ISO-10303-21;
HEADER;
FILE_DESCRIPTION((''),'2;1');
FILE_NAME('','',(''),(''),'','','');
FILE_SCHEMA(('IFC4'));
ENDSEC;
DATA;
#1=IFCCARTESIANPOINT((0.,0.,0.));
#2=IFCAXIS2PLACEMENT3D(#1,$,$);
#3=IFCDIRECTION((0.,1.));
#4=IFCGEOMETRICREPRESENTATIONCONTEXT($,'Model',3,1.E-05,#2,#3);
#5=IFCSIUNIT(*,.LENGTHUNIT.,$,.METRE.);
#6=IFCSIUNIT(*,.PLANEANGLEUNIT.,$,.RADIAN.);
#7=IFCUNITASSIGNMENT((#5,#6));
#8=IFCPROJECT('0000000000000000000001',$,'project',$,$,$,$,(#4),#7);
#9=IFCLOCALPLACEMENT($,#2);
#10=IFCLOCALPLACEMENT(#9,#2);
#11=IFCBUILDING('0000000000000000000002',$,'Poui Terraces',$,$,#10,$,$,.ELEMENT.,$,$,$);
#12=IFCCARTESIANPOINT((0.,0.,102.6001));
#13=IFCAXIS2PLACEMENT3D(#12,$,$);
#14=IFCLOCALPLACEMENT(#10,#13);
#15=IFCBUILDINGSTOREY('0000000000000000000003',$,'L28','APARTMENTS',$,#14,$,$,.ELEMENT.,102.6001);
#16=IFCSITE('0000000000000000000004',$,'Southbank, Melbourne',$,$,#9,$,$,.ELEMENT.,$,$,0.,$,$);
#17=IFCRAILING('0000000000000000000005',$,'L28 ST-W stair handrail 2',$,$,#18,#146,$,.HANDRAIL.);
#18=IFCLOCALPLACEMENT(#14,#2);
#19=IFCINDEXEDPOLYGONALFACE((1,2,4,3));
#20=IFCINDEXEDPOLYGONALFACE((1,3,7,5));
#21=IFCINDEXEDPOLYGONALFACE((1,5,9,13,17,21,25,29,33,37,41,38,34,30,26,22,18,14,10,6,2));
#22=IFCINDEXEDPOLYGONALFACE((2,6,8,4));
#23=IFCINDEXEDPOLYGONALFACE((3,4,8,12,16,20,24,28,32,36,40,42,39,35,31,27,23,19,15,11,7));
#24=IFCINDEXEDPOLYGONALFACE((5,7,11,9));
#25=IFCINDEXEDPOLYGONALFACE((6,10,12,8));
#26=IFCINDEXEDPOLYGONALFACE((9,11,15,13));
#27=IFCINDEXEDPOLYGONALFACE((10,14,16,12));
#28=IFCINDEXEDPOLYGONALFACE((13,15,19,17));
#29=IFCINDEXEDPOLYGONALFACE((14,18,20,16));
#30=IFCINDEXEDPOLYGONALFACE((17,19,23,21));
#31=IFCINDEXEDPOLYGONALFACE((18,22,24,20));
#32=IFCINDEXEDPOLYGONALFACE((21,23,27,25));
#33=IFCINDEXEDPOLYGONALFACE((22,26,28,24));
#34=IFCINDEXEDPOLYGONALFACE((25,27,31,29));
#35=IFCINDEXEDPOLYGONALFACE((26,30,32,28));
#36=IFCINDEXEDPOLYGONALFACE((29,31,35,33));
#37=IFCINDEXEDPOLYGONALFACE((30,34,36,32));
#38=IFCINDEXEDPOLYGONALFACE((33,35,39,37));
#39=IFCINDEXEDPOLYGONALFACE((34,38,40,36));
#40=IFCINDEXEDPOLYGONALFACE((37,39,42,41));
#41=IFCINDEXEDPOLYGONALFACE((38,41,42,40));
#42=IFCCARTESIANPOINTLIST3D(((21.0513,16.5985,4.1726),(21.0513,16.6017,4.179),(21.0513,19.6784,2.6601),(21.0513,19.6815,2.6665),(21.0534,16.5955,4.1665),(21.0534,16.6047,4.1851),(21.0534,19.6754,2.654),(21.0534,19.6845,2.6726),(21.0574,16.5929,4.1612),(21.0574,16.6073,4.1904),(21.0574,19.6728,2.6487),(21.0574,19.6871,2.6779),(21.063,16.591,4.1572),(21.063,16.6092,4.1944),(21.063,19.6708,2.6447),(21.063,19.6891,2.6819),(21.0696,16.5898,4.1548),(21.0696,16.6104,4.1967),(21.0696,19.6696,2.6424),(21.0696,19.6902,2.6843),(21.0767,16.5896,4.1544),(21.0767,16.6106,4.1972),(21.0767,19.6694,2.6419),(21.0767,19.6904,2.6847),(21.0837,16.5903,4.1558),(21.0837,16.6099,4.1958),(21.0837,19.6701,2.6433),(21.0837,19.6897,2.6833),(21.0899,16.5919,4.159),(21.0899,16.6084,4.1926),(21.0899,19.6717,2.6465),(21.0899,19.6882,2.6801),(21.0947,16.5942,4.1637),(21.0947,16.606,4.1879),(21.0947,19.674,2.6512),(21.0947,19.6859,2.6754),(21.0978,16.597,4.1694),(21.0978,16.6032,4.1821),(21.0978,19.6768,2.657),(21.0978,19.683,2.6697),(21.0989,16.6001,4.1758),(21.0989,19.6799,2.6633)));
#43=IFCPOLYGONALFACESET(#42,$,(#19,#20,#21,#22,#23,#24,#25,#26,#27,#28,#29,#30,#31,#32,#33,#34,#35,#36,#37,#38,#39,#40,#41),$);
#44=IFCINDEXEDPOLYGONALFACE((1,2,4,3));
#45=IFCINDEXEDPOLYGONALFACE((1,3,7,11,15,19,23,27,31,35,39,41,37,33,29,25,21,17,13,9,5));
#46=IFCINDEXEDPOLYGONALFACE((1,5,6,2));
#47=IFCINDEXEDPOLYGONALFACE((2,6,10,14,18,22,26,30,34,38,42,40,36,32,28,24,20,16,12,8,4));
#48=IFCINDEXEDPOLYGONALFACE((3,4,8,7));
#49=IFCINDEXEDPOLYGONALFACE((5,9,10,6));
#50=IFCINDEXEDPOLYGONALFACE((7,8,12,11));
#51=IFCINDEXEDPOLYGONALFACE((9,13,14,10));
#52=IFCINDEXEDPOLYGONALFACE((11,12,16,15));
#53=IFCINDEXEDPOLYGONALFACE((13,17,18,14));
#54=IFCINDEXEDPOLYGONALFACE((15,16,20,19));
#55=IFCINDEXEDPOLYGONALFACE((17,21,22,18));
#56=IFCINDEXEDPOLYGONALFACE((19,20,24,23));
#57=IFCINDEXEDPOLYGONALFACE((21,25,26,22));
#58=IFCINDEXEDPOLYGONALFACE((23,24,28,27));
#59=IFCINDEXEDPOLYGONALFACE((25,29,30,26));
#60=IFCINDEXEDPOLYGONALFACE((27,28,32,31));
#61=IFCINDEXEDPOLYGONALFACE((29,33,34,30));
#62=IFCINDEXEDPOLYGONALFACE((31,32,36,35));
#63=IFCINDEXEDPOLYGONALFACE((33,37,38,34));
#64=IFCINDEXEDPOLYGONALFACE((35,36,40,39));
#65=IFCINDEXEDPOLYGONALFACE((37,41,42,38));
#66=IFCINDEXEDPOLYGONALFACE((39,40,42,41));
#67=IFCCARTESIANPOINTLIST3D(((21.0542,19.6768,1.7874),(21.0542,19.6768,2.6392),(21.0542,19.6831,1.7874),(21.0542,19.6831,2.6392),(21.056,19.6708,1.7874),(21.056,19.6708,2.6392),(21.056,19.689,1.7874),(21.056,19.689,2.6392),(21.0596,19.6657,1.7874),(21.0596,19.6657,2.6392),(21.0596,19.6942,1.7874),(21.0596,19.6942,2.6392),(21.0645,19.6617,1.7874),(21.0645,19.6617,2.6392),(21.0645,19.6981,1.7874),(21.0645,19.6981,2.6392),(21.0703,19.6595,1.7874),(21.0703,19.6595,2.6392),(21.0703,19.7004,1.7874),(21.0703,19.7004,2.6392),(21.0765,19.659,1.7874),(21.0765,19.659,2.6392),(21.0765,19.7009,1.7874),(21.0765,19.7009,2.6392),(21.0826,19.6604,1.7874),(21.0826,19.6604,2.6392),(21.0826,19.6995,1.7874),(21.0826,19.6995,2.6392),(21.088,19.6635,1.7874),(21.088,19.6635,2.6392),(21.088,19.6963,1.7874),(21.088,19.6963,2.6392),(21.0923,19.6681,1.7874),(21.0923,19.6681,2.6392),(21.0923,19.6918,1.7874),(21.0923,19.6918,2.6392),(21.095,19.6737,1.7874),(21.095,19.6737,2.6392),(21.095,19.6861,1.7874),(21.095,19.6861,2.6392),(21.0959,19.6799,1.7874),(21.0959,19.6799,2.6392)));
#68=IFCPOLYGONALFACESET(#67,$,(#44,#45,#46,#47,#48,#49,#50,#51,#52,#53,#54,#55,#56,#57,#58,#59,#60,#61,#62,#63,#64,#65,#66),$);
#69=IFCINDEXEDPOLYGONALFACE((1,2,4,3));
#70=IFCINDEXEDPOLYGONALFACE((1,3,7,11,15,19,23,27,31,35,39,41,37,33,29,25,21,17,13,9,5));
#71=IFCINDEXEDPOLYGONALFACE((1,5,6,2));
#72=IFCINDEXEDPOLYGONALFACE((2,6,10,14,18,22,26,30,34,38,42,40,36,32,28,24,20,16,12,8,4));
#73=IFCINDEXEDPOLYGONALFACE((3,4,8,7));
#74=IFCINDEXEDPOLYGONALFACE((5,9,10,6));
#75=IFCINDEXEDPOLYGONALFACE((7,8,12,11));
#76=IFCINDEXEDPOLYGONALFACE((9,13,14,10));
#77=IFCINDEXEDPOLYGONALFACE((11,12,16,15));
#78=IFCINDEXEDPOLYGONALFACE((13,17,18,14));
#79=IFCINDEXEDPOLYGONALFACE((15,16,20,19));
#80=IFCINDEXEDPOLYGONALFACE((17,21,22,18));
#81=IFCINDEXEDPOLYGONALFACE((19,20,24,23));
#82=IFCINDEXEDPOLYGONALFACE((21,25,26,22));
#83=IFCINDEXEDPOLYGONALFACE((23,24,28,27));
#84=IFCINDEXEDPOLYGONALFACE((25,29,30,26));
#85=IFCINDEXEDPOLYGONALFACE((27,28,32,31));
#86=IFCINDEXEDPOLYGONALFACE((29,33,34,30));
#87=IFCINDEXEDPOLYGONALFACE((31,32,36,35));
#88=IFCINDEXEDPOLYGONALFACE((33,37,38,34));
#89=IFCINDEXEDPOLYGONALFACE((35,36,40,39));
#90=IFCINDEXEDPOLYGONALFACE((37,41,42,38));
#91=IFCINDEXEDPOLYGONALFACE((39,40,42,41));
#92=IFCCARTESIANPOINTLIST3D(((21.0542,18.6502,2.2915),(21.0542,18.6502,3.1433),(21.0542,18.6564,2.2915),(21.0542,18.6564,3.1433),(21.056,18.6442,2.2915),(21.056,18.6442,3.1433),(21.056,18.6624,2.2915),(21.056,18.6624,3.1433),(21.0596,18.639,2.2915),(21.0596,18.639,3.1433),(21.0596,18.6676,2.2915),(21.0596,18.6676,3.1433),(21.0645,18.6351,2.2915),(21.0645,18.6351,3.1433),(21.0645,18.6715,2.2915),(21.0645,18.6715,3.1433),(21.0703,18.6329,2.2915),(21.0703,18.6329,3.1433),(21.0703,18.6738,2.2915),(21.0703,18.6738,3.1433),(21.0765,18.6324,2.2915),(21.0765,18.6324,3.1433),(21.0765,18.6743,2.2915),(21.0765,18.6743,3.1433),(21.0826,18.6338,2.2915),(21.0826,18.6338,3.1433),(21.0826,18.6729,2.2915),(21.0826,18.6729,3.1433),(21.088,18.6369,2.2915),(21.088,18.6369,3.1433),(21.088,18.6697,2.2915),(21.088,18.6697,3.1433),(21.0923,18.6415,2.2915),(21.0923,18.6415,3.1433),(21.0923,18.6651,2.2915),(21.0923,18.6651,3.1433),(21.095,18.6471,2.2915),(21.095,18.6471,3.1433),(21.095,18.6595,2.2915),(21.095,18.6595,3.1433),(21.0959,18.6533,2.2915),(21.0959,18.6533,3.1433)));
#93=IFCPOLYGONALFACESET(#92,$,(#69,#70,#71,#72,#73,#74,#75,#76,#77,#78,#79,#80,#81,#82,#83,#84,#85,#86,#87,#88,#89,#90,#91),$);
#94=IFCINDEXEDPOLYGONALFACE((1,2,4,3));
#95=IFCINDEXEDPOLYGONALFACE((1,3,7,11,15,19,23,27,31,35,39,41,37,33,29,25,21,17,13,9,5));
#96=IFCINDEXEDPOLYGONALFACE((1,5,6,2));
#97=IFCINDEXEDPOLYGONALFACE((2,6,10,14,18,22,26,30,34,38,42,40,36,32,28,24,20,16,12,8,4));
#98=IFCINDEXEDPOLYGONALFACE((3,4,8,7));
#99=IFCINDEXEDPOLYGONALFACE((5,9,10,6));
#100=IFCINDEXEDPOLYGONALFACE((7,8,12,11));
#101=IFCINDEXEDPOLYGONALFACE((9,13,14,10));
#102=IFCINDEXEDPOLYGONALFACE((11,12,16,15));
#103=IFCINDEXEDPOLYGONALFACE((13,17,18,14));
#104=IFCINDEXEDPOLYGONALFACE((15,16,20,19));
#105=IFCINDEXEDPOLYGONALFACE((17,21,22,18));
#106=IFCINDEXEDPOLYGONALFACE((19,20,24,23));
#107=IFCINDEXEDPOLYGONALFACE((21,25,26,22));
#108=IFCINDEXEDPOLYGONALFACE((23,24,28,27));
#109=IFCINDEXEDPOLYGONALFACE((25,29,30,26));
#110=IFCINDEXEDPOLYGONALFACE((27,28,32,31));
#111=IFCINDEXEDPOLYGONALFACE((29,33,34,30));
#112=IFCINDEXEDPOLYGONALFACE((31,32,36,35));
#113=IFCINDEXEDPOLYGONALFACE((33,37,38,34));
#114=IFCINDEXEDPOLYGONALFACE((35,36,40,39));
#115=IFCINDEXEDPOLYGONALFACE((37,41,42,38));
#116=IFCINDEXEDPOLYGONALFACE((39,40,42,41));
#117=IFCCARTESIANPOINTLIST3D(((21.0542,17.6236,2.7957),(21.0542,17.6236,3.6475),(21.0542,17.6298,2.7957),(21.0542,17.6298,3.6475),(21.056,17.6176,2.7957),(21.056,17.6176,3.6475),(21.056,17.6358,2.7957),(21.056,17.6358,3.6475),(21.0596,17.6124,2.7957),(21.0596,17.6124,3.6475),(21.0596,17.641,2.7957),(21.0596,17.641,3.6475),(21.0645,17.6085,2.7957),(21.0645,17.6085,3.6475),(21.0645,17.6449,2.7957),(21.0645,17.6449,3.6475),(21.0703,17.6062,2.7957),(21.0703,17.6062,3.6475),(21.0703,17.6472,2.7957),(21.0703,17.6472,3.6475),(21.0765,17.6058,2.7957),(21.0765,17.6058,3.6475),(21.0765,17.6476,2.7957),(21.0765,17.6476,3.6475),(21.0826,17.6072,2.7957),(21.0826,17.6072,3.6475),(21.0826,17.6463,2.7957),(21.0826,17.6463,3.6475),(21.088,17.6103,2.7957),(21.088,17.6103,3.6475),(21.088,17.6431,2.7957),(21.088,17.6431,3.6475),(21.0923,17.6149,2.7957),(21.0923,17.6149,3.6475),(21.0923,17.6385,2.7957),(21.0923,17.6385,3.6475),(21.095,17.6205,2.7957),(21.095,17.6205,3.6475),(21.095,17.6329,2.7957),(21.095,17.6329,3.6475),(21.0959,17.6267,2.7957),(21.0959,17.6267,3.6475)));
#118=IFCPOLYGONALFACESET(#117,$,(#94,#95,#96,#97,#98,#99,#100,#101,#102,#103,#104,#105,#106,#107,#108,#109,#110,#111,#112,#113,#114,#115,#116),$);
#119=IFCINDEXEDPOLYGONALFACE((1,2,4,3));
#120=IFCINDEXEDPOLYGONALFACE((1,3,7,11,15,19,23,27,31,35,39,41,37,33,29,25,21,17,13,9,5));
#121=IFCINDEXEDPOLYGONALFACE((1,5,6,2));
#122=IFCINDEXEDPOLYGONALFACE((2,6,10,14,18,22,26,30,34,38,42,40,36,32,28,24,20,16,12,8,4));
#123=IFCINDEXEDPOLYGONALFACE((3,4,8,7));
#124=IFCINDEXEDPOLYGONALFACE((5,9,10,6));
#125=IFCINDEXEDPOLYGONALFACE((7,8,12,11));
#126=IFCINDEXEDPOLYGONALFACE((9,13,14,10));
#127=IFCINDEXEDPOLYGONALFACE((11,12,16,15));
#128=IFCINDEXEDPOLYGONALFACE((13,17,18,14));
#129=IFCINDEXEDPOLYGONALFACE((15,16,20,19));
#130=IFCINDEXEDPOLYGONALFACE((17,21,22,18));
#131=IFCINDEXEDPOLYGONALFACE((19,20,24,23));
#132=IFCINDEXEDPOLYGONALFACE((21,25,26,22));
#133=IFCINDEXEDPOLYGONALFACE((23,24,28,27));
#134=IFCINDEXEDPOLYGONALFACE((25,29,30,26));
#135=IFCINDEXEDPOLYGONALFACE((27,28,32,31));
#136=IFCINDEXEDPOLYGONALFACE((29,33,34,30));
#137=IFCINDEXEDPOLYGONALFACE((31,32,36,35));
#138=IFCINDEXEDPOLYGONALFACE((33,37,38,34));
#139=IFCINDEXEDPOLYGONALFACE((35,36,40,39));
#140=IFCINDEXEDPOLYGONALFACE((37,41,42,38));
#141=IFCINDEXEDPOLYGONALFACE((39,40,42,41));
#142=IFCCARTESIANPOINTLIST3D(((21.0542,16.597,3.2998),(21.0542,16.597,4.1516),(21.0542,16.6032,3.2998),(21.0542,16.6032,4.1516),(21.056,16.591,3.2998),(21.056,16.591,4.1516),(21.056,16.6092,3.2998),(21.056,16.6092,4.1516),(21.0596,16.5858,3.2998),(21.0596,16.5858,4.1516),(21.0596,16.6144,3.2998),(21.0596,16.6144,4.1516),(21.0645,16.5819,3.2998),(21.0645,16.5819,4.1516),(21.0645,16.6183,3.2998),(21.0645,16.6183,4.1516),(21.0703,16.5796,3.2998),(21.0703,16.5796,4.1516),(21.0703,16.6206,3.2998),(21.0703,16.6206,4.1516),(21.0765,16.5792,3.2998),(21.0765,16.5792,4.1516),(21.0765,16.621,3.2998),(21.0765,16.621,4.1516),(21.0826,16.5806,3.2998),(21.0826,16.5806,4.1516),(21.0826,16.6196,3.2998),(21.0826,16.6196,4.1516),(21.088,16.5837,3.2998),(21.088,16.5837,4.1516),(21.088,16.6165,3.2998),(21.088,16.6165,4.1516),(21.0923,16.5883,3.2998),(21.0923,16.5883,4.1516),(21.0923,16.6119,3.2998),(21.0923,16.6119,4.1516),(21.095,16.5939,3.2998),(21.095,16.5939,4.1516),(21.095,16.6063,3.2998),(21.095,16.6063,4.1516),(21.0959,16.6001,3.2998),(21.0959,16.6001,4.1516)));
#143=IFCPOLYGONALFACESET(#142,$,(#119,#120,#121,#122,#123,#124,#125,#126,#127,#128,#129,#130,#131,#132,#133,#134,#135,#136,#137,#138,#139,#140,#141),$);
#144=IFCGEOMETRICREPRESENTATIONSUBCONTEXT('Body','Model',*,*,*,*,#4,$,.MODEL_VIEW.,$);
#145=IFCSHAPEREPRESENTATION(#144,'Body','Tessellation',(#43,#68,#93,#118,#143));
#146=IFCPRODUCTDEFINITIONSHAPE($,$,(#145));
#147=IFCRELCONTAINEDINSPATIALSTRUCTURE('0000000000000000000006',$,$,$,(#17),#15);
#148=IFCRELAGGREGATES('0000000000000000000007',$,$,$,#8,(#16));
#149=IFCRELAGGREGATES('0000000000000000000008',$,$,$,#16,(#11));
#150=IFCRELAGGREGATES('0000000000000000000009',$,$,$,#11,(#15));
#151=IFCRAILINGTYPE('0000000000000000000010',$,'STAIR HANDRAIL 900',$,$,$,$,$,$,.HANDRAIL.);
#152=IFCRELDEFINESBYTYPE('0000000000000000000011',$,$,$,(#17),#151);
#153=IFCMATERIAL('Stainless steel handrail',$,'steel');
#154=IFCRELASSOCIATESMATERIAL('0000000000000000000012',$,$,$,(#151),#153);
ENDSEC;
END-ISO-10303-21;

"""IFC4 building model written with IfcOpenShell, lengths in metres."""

from ifc_helpers import new_model, si_unit, direction, frame, origin, origin_2d, place, context, subcontext, project, spatial, circle, extrude, material, type_object, element, save


model = new_model("IFC4")

# Units and contexts
model_context = context("Model", 3, precision=1e-05, world=origin(), true_north=direction((0.0, 1.0)))
body_context = subcontext(model_context, "Body", "Model", "MODEL_VIEW")
ifc_project = project(units=[si_unit("LENGTHUNIT", "METRE"), si_unit("PLANEANGLEUNIT", "RADIAN")], contexts=[model_context])

# Site, building, storey
site_placement = place(None, origin())
site = spatial("IfcSite", under=ifc_project, at=site_placement, Name="Southbank, Melbourne", CompositionType="ELEMENT", RefElevation=0.0)
building_placement = place(site_placement, origin())
building = spatial("IfcBuilding", under=site, at=building_placement, Name="Poui Terraces", CompositionType="ELEMENT")
storey_placement = place(building_placement, frame((0.0, 0.0, 102.6001)))
storey = spatial("IfcBuildingStorey", under=building, at=storey_placement, Name="L28", Description="APARTMENTS", CompositionType="ELEMENT", Elevation=102.6001)

# Railing
ifc_material_1 = material(Name="Stainless steel handrail", Category="steel")
railing_type_1 = type_object("IfcRailingType", Name="STAIR HANDRAIL 900", PredefinedType="HANDRAIL", material=ifc_material_1)
railing_1_placement = place(storey_placement, frame((21.075, 19.6799, 1.7874)))
element("IfcRailing", 1, at=railing_1_placement, inside=storey, type_object=railing_type_1, Name="L28 ST-W stair handrail 2", PredefinedType="HANDRAIL", context=body_context, shape_type="SweptSolid", body=[
    extrude(circle(Radius=0.0239, at=origin_2d()), frame((0.0, 0.0, 0.876), z_axis=(0.0, -0.897606, 0.440798), x_axis=(1.0, 0.0, 0.0)), (0.0, 0.0, 1.0), 3.4312),
    extrude(circle(Radius=0.021, at=origin_2d()), origin(), (0.0, 0.0, 1.0), 0.8518),
    extrude(circle(Radius=0.021, at=origin_2d()), frame((0.0, -1.0266, 0.5042)), (0.0, 0.0, 1.0), 0.8518),
    extrude(circle(Radius=0.021, at=origin_2d()), frame((0.0, -2.0532, 1.0083)), (0.0, 0.0, 1.0), 0.8518),
    extrude(circle(Radius=0.021, at=origin_2d()), frame((0.0, -3.0798, 1.5125)), (0.0, 0.0, 1.0), 0.8518),
])

save(model, "model.ifc")
